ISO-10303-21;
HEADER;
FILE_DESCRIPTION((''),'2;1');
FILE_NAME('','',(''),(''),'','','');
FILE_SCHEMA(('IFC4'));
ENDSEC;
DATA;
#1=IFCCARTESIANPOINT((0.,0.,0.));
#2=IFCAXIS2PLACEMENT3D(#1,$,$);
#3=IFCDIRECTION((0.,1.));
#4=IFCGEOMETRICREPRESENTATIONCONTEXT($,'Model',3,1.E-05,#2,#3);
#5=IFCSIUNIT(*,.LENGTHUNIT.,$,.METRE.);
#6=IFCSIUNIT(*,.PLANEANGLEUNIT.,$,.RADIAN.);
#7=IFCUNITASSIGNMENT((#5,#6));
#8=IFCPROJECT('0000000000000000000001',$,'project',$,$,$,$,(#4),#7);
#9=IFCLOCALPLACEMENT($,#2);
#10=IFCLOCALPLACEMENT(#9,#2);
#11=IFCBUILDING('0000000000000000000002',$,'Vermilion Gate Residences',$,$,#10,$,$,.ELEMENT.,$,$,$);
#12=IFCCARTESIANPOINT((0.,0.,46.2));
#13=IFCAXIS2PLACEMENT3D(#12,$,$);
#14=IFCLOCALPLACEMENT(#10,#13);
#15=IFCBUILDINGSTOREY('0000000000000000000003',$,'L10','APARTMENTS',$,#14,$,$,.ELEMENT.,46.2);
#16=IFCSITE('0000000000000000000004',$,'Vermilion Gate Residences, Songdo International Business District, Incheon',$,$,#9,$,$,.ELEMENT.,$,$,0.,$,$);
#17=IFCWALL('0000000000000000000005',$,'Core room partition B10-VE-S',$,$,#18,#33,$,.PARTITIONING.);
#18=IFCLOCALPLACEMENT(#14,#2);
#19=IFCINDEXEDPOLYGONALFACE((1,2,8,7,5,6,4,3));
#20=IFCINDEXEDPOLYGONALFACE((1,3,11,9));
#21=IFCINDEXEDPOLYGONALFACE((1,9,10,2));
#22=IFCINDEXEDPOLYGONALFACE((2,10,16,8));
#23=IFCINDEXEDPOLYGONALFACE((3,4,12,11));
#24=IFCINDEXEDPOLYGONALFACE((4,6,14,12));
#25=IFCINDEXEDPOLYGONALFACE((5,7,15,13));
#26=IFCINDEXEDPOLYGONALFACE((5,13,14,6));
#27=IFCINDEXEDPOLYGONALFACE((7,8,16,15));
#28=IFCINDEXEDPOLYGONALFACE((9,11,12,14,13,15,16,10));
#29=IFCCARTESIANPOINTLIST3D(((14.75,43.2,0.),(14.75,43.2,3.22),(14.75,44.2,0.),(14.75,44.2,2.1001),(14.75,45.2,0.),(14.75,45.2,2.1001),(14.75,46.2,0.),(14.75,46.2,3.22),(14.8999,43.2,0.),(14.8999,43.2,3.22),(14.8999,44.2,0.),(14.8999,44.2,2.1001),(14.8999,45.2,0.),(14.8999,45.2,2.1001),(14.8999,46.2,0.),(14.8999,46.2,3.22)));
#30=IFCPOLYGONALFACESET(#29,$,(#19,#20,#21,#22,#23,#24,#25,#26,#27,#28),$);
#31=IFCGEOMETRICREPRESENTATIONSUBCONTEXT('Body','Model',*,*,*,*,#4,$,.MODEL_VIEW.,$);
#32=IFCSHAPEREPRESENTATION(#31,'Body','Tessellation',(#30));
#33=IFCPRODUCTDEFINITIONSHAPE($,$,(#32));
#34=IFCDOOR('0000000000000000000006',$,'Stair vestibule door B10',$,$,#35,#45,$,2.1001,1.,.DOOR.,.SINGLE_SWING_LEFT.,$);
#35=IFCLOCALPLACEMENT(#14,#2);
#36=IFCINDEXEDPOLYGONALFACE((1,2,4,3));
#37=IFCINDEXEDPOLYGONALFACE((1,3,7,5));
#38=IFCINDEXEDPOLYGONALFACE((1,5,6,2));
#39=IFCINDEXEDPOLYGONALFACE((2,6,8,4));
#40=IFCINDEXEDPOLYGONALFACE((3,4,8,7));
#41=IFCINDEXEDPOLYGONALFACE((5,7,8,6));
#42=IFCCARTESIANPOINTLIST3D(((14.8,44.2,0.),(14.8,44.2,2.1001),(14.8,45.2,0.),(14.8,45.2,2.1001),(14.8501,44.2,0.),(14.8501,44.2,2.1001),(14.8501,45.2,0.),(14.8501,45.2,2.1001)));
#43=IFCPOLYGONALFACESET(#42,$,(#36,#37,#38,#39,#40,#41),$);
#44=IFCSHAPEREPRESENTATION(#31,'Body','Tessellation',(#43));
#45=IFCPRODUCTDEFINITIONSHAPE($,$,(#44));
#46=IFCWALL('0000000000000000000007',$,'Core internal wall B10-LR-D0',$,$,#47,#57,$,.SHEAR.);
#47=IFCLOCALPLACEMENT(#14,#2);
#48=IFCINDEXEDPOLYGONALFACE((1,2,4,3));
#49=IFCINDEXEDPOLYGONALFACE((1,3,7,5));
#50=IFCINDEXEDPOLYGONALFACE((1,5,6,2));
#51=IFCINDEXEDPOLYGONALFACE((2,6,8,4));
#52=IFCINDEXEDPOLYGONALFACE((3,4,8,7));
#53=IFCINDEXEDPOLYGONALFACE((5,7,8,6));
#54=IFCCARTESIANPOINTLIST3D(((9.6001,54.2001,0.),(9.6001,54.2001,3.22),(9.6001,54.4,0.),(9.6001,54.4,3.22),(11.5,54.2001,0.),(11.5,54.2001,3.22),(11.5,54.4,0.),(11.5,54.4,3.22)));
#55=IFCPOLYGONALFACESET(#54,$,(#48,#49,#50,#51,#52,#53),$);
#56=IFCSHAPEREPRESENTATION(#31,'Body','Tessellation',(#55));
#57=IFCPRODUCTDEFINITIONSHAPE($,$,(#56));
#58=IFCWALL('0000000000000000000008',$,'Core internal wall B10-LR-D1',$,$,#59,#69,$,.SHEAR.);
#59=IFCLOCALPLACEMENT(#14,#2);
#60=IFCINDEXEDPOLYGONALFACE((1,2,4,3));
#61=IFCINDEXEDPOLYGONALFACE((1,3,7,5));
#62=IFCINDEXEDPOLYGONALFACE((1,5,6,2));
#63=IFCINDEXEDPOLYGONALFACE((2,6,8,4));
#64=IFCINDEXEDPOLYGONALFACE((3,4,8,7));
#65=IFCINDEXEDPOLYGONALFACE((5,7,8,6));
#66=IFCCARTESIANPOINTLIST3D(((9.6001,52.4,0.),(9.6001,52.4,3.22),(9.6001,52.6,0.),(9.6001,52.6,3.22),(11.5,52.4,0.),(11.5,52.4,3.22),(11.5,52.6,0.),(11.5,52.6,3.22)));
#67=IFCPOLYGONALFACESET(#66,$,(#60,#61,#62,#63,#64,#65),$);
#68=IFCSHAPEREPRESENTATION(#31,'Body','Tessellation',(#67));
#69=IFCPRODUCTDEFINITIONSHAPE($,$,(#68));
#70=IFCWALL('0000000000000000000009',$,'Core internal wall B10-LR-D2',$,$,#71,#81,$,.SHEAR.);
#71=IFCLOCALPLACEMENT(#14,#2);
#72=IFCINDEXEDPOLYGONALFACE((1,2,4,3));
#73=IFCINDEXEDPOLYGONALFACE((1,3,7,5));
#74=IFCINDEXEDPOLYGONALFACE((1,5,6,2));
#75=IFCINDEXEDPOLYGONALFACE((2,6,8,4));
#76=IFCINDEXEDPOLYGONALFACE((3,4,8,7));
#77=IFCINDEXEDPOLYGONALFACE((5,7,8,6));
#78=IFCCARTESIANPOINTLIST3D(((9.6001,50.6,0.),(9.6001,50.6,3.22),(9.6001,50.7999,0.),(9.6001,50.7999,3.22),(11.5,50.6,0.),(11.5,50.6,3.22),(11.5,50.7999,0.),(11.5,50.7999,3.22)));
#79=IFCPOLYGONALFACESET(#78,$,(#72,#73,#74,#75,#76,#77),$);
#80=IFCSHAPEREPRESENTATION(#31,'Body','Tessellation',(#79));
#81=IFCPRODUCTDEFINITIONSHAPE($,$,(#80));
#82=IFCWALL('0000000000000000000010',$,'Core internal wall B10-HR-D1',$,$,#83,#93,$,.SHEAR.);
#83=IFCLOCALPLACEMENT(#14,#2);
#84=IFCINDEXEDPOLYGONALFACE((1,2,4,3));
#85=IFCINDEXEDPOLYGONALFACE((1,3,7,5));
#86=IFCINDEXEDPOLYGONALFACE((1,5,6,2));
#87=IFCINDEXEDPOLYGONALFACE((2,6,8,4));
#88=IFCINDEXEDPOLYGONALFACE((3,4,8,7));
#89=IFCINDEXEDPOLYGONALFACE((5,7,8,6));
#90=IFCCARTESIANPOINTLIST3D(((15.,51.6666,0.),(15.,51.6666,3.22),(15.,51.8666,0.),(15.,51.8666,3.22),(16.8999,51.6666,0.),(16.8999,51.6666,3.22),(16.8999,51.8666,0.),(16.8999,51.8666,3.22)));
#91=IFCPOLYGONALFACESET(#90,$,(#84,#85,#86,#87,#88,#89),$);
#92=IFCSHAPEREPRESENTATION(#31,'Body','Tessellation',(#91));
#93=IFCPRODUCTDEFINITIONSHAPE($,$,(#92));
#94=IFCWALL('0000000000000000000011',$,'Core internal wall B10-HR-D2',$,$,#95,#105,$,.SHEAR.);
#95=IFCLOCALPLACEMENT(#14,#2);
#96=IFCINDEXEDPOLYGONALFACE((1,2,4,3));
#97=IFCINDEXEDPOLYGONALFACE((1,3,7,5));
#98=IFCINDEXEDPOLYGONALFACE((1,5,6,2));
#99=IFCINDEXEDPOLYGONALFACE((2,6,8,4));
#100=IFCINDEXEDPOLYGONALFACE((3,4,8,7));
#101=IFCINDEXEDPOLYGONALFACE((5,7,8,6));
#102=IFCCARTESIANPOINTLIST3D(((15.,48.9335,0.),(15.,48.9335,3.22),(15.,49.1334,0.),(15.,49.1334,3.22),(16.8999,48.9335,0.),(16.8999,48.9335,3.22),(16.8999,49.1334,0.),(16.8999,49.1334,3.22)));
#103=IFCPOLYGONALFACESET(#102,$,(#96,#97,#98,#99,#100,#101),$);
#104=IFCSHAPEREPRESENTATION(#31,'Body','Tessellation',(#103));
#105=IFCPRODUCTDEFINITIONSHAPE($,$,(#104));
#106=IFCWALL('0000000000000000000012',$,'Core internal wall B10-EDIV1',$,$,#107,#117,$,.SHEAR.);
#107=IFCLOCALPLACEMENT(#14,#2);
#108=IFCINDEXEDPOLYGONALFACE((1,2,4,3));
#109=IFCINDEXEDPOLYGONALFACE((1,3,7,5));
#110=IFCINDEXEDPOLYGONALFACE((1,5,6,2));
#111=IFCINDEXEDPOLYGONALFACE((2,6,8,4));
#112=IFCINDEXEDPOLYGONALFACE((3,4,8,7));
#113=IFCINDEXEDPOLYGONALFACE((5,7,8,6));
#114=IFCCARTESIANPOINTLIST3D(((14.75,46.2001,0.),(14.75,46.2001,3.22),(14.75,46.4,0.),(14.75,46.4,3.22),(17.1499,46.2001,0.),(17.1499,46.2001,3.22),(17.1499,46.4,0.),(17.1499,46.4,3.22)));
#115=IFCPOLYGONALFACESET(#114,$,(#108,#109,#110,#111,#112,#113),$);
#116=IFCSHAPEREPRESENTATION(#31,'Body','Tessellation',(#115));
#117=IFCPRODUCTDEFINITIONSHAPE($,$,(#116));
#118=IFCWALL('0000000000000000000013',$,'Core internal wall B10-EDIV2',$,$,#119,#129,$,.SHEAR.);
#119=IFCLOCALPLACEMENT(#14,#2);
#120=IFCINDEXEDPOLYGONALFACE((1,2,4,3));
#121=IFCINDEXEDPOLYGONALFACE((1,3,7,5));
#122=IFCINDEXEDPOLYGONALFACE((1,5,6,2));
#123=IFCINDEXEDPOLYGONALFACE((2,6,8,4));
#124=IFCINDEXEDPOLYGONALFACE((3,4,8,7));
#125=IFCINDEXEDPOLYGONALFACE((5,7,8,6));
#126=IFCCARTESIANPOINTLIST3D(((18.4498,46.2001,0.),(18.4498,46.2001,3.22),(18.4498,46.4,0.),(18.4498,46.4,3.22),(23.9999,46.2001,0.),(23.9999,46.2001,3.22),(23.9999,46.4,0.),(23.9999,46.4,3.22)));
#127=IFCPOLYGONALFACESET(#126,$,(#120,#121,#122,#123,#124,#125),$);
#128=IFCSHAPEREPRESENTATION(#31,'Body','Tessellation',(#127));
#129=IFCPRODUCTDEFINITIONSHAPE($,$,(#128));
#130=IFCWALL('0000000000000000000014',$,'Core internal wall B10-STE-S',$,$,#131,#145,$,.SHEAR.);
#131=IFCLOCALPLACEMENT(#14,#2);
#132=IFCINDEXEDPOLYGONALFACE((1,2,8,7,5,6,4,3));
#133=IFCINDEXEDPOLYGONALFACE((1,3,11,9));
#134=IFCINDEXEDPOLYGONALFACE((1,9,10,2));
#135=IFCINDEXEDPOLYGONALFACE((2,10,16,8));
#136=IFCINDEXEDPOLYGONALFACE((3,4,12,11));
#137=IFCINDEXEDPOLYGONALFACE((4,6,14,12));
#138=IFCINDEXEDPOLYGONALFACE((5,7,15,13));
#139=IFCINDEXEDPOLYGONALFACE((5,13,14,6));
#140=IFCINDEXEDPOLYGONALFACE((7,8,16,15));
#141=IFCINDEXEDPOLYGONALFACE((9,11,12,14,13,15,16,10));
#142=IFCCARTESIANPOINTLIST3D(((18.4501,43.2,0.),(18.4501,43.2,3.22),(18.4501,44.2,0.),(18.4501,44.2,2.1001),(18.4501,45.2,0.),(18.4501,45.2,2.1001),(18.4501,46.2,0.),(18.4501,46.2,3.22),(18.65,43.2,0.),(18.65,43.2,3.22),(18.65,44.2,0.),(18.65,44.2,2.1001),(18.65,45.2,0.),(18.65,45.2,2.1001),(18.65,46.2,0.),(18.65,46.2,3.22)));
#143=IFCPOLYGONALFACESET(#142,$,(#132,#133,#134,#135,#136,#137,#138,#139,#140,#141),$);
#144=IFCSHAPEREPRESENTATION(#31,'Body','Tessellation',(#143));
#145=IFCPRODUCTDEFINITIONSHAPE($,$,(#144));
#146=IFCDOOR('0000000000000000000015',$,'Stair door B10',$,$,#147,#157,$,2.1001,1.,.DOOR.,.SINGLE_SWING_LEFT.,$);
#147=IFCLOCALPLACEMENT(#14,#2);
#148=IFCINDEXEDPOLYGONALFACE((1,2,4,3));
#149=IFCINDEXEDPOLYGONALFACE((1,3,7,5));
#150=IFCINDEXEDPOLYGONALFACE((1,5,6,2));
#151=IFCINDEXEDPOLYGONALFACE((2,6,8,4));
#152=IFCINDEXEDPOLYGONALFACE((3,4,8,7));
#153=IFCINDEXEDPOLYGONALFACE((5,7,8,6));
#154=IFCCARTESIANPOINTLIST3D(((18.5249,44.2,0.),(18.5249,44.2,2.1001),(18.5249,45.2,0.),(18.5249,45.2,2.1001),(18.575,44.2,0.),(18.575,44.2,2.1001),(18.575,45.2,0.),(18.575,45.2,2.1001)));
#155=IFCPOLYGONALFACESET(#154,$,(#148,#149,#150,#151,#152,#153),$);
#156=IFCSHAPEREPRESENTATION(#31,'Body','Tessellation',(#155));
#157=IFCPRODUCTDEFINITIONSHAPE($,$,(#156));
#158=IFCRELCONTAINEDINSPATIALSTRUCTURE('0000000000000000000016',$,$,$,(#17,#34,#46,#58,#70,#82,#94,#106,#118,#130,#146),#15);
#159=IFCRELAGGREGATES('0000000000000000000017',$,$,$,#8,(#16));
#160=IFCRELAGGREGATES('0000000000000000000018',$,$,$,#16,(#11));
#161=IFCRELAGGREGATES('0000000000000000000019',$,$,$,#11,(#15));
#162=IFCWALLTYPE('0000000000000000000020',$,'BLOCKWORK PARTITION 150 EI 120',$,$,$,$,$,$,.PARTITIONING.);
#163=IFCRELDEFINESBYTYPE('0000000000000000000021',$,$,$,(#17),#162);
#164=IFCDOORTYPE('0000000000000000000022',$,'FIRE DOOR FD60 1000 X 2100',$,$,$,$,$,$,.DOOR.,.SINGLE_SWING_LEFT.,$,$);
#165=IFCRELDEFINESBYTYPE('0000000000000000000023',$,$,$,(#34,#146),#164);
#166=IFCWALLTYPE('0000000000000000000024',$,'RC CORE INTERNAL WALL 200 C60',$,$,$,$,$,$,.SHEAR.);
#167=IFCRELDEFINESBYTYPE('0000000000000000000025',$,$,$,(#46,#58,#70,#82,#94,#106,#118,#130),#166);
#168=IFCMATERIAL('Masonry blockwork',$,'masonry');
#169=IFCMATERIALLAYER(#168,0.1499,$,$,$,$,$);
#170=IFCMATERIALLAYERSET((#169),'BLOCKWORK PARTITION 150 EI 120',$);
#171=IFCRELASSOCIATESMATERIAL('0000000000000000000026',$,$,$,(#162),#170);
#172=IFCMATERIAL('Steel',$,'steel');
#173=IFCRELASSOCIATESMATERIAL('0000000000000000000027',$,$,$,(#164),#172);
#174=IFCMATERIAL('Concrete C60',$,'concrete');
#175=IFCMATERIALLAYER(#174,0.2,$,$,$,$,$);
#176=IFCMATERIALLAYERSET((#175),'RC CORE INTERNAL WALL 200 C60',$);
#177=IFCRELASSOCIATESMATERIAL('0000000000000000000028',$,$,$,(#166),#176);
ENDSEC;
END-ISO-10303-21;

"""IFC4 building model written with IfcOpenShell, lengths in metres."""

from ifc_helpers import new_model, si_unit, direction, frame, frame_2d, origin, place, context, subcontext, project, spatial, rectangle, extrude, material, layer, layer_set, type_object, element, fill, save


model = new_model("IFC4")

# Units and contexts
model_context = context("Model", 3, precision=1e-05, world=origin(), true_north=direction((0.0, 1.0)))
body_context = subcontext(model_context, "Body", "Model", "MODEL_VIEW")
ifc_project = project(units=[si_unit("LENGTHUNIT", "METRE"), si_unit("PLANEANGLEUNIT", "RADIAN")], contexts=[model_context])

# Site, building, storey
site_placement = place(None, origin())
site = spatial("IfcSite", under=ifc_project, at=site_placement, Name="Vermilion Gate Residences, Songdo International Business District, Incheon", CompositionType="ELEMENT", RefElevation=0.0)
building_placement = place(site_placement, origin())
building = spatial("IfcBuilding", under=site, at=building_placement, Name="Vermilion Gate Residences", CompositionType="ELEMENT")
storey_placement = place(building_placement, frame((0.0, 0.0, 46.2)))
storey = spatial("IfcBuildingStorey", under=building, at=storey_placement, Name="L10", Description="APARTMENTS", CompositionType="ELEMENT", Elevation=46.2)

# Wall, opening, door
ifc_material_1 = material(Name="Masonry blockwork", Category="masonry")
ifc_layer_1 = layer(ifc_material_1, 0.1499)
ifc_layer_set_1 = layer_set([ifc_layer_1], Name="BLOCKWORK PARTITION 150 EI 120")
wall_type_1 = type_object("IfcWallType", Name="BLOCKWORK PARTITION 150 EI 120", PredefinedType="PARTITIONING", material=ifc_layer_set_1)
wall_1_placement = place(storey_placement, frame((14.825, 46.2, 0.0), z_axis=(0.0, 0.0, 1.0), x_axis=(0.0, -1.0, 0.0)))
wall_1 = element("IfcWall", 1, at=wall_1_placement, inside=storey, type_object=wall_type_1, Name="Core room partition B10-VE-S", PredefinedType="PARTITIONING", context=body_context, shape_type="SweptSolid", body=[
    extrude(rectangle(XDim=3.0, YDim=0.1499, at=frame_2d((1.5, 0.0))), origin(), (0.0, 0.0, 1.0), 3.22),
])
opening_1_placement = place(wall_1_placement, frame((1.0, 0.0, 0.0)))
opening_1 = element("IfcOpeningElement", 2, at=opening_1_placement, cuts=wall_1, PredefinedType="OPENING", context=body_context, shape_type="SweptSolid", body=[
    extrude(rectangle(XDim=1.0, YDim=2.1001, at=frame_2d((0.5, 1.05))), frame((0.0, 0.085, 0.0), z_axis=(0.0, -1.0, 0.0), x_axis=(1.0, 0.0, 0.0)), (0.0, 0.0, 1.0), 0.1699),
])
ifc_material_2 = material(Name="Steel", Category="steel")
door_type_1 = type_object("IfcDoorType", Name="FIRE DOOR FD60 1000 X 2100", OperationType="SINGLE_SWING_LEFT", PredefinedType="DOOR", material=ifc_material_2)
door_1_placement = place(opening_1_placement, frame((1.0, 0.0, 0.0), z_axis=(0.0, 0.0, 1.0), x_axis=(-1.0, 0.0, 0.0)))
door_1 = element("IfcDoor", 3, at=door_1_placement, inside=storey, type_object=door_type_1, Name="Stair vestibule door B10", OperationType="SINGLE_SWING_LEFT", OverallHeight=2.1001, OverallWidth=1.0, PredefinedType="DOOR", context=body_context, shape_type="SweptSolid", body=[
    extrude(rectangle(XDim=1.0, YDim=2.1001, at=frame_2d((0.5, 1.05))), frame((0.0, 0.0249, 0.0), z_axis=(0.0, -1.0, 0.0), x_axis=(1.0, 0.0, 0.0)), (0.0, 0.0, 1.0), 0.05),
])
fill(opening_1, door_1)

# Walls
ifc_material_3 = material(Name="Concrete C60", Category="concrete")
ifc_layer_2 = layer(ifc_material_3, 0.2)
ifc_layer_set_2 = layer_set([ifc_layer_2], Name="RC CORE INTERNAL WALL 200 C60")
wall_type_2 = type_object("IfcWallType", Name="RC CORE INTERNAL WALL 200 C60", PredefinedType="SHEAR", material=ifc_layer_set_2)
for number, where, z_axis, x_axis, name in (
    (4, (9.6001, 54.3, 0.0), (0.0, 0.0, 1.0), (1.0, 0.0, 0.0), "Core internal wall B10-LR-D0"),
    (5, (9.6001, 52.5, 0.0), (0.0, 0.0, 1.0), (1.0, 0.0, 0.0), "Core internal wall B10-LR-D1"),
    (6, (9.6001, 50.7, 0.0), (0.0, 0.0, 1.0), (1.0, 0.0, 0.0), "Core internal wall B10-LR-D2"),
    (7, (15.0, 51.7666, 0.0), (0.0, 0.0, 1.0), (1.0, 0.0, 0.0), "Core internal wall B10-HR-D1"),
    (8, (15.0, 49.0334, 0.0), (0.0, 0.0, 1.0), (1.0, 0.0, 0.0), "Core internal wall B10-HR-D2"),
):
    element("IfcWall", number, at=place(storey_placement, frame(where, z_axis=z_axis, x_axis=x_axis)), inside=storey, type_object=wall_type_2, Name=name, PredefinedType="SHEAR", context=body_context, shape_type="SweptSolid", body=[
        extrude(rectangle(XDim=1.8999, YDim=0.2, at=frame_2d((0.95, 0.0))), origin(), (0.0, 0.0, 1.0), 3.22),
    ])
wall_2_placement = place(storey_placement, frame((14.75, 46.3, 0.0), z_axis=(0.0, 0.0, 1.0), x_axis=(1.0, 0.0, 0.0)))
element("IfcWall", 9, at=wall_2_placement, inside=storey, type_object=wall_type_2, Name="Core internal wall B10-EDIV1", PredefinedType="SHEAR", context=body_context, shape_type="SweptSolid", body=[
    extrude(rectangle(XDim=2.3999, YDim=0.2, at=frame_2d((1.2, 0.0))), origin(), (0.0, 0.0, 1.0), 3.22),
])
wall_3_placement = place(storey_placement, frame((18.45, 46.3, 0.0), z_axis=(0.0, 0.0, 1.0), x_axis=(1.0, 0.0, 0.0)))
element("IfcWall", 10, at=wall_3_placement, inside=storey, type_object=wall_type_2, Name="Core internal wall B10-EDIV2", PredefinedType="SHEAR", context=body_context, shape_type="SweptSolid", body=[
    extrude(rectangle(XDim=5.55, YDim=0.2, at=frame_2d((2.7749, 0.0))), origin(), (0.0, 0.0, 1.0), 3.22),
])

# Wall, opening, door
wall_4_placement = place(storey_placement, frame((18.55, 46.2, 0.0), z_axis=(0.0, 0.0, 1.0), x_axis=(0.0, -1.0, 0.0)))
wall_4 = element("IfcWall", 11, at=wall_4_placement, inside=storey, type_object=wall_type_2, Name="Core internal wall B10-STE-S", PredefinedType="SHEAR", context=body_context, shape_type="SweptSolid", body=[
    extrude(rectangle(XDim=3.0, YDim=0.2, at=frame_2d((1.5, 0.0))), origin(), (0.0, 0.0, 1.0), 3.22),
])
opening_2_placement = place(wall_4_placement, frame((1.0, 0.0, 0.0)))
opening_2 = element("IfcOpeningElement", 12, at=opening_2_placement, cuts=wall_4, PredefinedType="OPENING", context=body_context, shape_type="SweptSolid", body=[
    extrude(rectangle(XDim=1.0, YDim=2.1001, at=frame_2d((0.5, 1.05))), frame((0.0, 0.1099, 0.0), z_axis=(0.0, -1.0, 0.0), x_axis=(1.0, 0.0, 0.0)), (0.0, 0.0, 1.0), 0.22),
])
door_2_placement = place(opening_2_placement, origin())
door_2 = element("IfcDoor", 13, at=door_2_placement, inside=storey, type_object=door_type_1, Name="Stair door B10", OperationType="SINGLE_SWING_LEFT", OverallHeight=2.1001, OverallWidth=1.0, PredefinedType="DOOR", context=body_context, shape_type="SweptSolid", body=[
    extrude(rectangle(XDim=1.0, YDim=2.1001, at=frame_2d((0.5, 1.05))), frame((0.0, 0.0249, 0.0), z_axis=(0.0, -1.0, 0.0), x_axis=(1.0, 0.0, 0.0)), (0.0, 0.0, 1.0), 0.05),
])
fill(opening_2, door_2)

save(model, "model.ifc")
